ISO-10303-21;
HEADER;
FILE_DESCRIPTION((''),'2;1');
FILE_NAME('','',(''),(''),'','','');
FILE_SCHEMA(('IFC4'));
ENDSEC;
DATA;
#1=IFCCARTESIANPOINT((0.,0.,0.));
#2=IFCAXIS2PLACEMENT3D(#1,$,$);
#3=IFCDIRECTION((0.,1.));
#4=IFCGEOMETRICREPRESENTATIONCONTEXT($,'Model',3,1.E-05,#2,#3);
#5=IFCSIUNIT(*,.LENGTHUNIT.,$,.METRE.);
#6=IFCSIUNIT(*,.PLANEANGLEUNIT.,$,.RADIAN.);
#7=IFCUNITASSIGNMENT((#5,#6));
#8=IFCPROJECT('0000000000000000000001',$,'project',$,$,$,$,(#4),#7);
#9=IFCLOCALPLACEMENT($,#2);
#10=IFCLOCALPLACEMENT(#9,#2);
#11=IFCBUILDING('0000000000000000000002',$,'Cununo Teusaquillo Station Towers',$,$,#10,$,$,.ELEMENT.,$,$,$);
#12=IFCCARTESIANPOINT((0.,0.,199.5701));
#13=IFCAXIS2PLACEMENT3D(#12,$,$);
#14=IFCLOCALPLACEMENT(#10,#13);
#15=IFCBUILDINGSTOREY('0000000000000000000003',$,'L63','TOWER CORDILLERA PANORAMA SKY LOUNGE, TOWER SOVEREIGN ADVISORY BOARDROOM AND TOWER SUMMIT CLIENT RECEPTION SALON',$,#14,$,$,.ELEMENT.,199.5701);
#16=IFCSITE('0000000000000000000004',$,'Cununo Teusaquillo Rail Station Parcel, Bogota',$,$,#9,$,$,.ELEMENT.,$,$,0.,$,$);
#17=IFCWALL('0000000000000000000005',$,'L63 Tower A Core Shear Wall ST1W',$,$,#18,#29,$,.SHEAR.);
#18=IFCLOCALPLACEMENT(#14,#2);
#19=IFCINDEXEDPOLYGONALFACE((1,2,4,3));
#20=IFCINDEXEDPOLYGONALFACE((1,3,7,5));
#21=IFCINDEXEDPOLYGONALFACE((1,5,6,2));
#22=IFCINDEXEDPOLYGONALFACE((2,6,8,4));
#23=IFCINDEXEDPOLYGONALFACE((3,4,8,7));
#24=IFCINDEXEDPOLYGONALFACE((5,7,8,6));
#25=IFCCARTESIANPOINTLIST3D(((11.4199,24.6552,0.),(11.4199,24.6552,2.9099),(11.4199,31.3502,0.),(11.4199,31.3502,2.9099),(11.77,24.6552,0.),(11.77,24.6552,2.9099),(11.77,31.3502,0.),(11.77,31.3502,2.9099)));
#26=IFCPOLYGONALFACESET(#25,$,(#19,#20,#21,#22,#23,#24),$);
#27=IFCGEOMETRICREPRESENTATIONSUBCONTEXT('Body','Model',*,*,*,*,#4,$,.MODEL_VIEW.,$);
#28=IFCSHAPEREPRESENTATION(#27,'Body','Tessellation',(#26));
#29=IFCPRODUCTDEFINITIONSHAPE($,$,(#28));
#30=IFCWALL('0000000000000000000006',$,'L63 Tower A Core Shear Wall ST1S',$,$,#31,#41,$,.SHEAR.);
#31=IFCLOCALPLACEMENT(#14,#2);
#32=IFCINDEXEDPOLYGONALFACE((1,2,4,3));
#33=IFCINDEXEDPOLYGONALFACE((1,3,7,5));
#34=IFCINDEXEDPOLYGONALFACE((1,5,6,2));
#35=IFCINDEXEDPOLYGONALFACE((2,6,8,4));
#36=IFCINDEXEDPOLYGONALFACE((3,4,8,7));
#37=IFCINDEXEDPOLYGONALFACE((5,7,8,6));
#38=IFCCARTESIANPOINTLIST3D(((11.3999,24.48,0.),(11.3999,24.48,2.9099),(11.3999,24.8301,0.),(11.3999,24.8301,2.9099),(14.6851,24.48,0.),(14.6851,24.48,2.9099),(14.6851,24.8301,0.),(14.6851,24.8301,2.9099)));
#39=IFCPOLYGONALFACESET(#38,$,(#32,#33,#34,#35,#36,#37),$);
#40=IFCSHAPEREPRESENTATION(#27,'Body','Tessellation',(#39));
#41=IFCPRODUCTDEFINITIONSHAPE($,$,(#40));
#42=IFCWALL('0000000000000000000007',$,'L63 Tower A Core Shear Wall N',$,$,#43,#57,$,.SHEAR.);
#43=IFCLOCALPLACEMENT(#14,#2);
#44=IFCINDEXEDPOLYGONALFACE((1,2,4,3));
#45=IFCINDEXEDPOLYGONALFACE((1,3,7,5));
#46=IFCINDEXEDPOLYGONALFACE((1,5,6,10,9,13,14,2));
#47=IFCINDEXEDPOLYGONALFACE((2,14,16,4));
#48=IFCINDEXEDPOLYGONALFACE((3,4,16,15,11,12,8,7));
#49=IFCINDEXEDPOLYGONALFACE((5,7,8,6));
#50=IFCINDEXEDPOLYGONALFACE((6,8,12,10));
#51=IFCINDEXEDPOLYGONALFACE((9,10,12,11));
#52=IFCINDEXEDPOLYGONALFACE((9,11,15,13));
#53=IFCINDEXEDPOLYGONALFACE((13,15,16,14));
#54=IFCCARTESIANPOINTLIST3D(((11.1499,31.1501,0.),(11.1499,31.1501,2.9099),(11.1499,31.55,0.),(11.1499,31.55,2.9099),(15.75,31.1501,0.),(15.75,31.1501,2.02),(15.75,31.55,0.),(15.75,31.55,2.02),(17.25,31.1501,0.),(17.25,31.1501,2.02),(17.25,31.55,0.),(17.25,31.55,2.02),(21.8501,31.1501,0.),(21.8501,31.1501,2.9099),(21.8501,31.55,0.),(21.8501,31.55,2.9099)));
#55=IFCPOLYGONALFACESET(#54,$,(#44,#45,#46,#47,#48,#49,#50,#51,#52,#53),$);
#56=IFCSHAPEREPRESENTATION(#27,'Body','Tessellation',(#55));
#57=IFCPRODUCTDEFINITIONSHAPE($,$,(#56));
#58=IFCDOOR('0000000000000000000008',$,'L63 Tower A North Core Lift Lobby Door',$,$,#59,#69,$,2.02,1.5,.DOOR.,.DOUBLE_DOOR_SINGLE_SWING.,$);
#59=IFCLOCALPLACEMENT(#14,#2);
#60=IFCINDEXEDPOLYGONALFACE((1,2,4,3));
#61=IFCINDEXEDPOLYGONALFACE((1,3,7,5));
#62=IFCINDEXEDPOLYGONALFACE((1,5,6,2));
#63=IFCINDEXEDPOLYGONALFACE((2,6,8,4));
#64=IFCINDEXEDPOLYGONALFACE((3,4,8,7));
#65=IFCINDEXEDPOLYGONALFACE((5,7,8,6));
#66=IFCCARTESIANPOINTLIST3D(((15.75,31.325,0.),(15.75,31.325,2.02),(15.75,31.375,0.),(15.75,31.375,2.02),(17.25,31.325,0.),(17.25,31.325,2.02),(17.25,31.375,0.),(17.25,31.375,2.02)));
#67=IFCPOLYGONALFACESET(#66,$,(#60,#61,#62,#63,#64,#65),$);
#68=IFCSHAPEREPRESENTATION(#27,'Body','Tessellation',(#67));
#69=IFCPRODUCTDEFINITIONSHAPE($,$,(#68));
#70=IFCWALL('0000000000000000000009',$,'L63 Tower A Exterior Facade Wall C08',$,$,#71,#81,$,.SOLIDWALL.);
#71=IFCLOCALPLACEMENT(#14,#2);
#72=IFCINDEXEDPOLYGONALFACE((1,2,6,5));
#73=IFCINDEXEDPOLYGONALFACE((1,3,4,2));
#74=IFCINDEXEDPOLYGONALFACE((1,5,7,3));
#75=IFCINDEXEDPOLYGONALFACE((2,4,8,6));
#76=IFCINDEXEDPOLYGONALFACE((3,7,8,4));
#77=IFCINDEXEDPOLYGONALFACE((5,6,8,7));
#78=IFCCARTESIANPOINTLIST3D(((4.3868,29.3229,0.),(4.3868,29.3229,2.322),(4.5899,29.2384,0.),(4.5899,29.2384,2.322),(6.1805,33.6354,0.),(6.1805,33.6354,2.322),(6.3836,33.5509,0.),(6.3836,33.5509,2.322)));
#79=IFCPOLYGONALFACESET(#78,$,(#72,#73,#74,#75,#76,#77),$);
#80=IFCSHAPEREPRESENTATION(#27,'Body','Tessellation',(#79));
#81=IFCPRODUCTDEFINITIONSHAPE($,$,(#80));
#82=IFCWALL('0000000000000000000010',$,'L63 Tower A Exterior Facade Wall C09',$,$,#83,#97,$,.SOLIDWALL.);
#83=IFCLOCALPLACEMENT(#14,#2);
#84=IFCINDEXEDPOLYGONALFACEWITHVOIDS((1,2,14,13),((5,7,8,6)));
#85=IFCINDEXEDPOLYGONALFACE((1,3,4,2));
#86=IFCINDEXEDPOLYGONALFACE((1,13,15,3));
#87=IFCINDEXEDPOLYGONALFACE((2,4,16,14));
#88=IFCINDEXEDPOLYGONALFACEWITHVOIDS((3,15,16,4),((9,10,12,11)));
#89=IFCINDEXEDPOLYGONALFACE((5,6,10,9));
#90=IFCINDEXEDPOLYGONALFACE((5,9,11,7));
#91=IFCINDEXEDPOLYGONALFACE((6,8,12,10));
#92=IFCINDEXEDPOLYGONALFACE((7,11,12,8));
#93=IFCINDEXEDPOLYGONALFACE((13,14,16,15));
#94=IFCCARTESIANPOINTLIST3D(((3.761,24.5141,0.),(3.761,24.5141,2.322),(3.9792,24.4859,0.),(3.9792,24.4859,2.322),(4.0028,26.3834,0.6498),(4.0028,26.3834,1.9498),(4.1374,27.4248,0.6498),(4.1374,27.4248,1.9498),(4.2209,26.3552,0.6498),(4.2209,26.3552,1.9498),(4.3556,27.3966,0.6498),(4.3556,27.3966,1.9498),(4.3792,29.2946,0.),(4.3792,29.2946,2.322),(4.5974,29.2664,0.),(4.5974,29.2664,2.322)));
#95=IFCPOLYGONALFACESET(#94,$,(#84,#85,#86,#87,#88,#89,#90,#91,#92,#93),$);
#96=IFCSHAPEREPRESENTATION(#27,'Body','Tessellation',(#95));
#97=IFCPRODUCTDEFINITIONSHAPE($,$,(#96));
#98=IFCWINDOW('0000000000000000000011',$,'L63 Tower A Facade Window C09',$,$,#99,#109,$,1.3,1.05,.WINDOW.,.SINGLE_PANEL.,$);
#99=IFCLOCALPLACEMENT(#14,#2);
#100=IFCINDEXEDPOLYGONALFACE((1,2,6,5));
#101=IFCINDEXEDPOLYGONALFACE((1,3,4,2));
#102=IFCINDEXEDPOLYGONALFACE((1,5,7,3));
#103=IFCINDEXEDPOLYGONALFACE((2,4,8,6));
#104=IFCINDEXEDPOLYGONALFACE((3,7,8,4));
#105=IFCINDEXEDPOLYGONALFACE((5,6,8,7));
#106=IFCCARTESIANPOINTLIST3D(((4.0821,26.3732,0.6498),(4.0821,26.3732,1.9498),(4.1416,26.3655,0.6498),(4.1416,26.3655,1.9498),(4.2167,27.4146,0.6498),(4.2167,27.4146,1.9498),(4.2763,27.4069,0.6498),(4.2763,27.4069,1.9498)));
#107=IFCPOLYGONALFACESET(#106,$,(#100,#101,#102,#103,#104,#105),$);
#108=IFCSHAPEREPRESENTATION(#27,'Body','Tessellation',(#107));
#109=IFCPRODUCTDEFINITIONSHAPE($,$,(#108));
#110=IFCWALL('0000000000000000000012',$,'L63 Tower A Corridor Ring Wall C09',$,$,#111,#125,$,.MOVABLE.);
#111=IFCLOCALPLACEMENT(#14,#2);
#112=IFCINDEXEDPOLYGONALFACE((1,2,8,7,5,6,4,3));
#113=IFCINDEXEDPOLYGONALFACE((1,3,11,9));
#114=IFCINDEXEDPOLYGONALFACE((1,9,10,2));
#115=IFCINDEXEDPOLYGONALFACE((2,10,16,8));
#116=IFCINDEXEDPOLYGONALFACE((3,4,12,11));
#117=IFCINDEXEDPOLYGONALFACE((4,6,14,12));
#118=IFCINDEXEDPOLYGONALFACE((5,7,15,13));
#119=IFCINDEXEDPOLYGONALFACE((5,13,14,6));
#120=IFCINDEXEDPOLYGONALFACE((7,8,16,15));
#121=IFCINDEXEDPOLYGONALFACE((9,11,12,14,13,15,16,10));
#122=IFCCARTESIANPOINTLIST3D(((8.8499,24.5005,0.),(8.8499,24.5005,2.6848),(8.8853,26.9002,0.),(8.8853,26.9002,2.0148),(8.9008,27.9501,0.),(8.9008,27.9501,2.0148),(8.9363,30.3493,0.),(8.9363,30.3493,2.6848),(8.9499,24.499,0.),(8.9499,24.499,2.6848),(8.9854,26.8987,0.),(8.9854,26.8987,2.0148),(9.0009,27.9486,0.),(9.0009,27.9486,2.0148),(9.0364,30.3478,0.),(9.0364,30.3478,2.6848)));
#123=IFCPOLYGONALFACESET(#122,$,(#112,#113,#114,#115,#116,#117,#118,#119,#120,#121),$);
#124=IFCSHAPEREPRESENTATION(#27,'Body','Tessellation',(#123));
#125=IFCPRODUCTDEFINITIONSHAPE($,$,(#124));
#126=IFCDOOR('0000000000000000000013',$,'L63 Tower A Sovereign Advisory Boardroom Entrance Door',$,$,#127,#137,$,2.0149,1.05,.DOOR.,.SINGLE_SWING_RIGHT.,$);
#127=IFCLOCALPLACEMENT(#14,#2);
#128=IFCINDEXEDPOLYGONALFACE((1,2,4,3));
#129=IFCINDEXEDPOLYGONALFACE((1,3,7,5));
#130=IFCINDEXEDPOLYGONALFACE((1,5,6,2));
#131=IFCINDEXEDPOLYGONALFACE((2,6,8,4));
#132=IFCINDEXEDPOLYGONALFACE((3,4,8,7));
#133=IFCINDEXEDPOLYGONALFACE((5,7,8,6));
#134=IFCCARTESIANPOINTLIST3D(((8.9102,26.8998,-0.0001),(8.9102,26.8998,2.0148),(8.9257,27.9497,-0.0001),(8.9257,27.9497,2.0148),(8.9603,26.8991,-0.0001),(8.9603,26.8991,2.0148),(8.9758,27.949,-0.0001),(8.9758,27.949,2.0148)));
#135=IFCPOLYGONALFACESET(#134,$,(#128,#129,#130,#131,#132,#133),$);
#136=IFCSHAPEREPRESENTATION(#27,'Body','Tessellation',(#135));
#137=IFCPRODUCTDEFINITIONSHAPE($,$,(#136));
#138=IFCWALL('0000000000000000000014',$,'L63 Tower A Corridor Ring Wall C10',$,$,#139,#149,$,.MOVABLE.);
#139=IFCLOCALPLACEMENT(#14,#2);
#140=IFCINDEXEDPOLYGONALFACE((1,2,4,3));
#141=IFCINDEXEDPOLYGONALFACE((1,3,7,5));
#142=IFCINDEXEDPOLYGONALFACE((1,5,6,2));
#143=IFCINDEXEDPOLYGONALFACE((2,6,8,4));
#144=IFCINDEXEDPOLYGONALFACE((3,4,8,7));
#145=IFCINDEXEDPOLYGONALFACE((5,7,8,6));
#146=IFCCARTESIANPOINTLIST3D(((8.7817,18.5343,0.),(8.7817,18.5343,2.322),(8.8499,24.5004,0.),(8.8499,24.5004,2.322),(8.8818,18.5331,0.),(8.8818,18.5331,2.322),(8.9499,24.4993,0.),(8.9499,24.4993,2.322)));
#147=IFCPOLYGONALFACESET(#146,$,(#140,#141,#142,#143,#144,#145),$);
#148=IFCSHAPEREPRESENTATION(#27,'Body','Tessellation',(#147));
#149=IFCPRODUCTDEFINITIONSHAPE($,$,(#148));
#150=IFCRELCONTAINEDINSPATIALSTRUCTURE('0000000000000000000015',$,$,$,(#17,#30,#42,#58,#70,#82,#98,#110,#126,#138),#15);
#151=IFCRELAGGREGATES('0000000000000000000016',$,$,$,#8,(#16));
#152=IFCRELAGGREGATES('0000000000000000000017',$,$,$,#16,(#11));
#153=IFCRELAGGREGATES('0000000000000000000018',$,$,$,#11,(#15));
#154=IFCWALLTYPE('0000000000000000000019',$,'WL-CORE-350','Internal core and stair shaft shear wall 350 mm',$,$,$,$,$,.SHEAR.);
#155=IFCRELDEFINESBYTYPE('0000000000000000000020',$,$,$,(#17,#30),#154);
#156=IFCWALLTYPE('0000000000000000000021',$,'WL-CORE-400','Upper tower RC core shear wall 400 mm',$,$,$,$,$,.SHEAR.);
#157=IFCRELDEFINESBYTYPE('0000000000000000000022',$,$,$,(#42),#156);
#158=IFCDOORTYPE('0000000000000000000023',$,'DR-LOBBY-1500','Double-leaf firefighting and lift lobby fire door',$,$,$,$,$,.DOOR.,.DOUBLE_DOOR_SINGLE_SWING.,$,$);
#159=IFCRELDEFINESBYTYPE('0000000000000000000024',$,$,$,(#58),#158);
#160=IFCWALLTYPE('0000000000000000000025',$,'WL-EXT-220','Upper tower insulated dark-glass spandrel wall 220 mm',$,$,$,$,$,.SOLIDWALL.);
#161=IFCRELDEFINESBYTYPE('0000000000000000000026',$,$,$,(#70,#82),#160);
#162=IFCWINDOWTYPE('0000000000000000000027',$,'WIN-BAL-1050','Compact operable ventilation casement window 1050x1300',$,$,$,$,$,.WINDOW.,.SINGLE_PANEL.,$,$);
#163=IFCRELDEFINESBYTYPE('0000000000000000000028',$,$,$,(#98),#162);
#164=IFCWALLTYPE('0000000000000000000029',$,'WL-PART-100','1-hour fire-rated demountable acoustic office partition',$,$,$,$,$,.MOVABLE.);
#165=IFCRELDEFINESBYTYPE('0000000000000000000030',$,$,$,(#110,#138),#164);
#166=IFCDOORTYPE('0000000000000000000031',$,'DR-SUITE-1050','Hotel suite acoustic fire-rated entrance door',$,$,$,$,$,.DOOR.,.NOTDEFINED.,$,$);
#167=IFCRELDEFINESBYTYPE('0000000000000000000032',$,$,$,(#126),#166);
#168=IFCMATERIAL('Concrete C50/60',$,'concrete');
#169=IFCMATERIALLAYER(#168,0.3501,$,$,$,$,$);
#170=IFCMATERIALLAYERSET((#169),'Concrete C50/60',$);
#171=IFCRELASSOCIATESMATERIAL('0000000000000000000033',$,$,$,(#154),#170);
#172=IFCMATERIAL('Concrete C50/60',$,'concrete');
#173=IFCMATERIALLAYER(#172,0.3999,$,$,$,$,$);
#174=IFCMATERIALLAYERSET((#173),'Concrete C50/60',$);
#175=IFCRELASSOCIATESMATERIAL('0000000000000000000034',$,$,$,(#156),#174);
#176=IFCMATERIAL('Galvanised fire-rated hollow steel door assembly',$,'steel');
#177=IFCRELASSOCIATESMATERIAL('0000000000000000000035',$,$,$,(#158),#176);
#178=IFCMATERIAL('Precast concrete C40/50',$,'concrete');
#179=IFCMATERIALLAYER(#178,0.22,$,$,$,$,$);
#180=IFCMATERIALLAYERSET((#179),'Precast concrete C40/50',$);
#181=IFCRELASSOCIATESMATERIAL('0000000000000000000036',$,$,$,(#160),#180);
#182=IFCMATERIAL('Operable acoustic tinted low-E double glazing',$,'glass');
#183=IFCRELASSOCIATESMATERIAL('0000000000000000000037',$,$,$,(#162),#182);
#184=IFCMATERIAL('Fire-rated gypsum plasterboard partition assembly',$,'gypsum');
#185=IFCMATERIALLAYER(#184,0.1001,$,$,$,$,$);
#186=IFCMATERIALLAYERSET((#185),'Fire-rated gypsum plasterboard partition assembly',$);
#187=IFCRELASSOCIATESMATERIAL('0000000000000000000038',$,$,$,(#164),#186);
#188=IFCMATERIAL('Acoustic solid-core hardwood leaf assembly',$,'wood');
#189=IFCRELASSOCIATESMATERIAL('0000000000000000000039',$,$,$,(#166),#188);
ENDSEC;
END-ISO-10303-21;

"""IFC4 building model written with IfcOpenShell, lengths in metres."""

from ifc_helpers import new_model, si_unit, direction, frame, frame_2d, origin, place, context, subcontext, project, spatial, rectangle, extrude, source, transform, mapped, material, layer, layer_set, type_object, element, fill, save


model = new_model("IFC4")

# Units and contexts
model_context = context("Model", 3, precision=1e-05, world=origin(), true_north=direction((0.0, 1.0)))
body_context = subcontext(model_context, "Body", "Model", "MODEL_VIEW")
ifc_project = project(units=[si_unit("LENGTHUNIT", "METRE"), si_unit("PLANEANGLEUNIT", "RADIAN")], contexts=[model_context])

# Site, building, storey
site_placement = place(None, origin())
site = spatial("IfcSite", under=ifc_project, at=site_placement, Name="Cununo Teusaquillo Rail Station Parcel, Bogota", CompositionType="ELEMENT", RefElevation=0.0)
building_placement = place(site_placement, origin())
building = spatial("IfcBuilding", under=site, at=building_placement, Name="Cununo Teusaquillo Station Towers", CompositionType="ELEMENT")
storey_placement = place(building_placement, frame((0.0, 0.0, 199.5701)))
storey = spatial("IfcBuildingStorey", under=building, at=storey_placement, Name="L63", Description="TOWER CORDILLERA PANORAMA SKY LOUNGE, TOWER SOVEREIGN ADVISORY BOARDROOM AND TOWER SUMMIT CLIENT RECEPTION SALON", CompositionType="ELEMENT", Elevation=199.5701)

# Walls
ifc_material_1 = material(Name="Concrete C50/60", Category="concrete")
ifc_layer_1 = layer(ifc_material_1, 0.3501)
ifc_layer_set_1 = layer_set([ifc_layer_1], Name="Concrete C50/60")
wall_type_1 = type_object("IfcWallType", Name="WL-CORE-350", Description="Internal core and stair shaft shear wall 350 mm", PredefinedType="SHEAR", material=ifc_layer_set_1)
wall_1_placement = place(storey_placement, frame((11.595, 24.655, 0.0), z_axis=(0.0, 0.0, 1.0), x_axis=(0.0, 1.0, 0.0)))
element("IfcWall", 1, at=wall_1_placement, inside=storey, type_object=wall_type_1, Name="L63 Tower A Core Shear Wall ST1W", PredefinedType="SHEAR", context=body_context, shape_type="SweptSolid", body=[
    extrude(rectangle(XDim=6.6951, YDim=0.3501, at=frame_2d((3.3477, 0.0))), origin(), (0.0, 0.0, 1.0), 2.9099),
])
wall_2_placement = place(storey_placement, frame((11.3999, 24.655, 0.0), z_axis=(0.0, 0.0, 1.0), x_axis=(1.0, 0.0, 0.0)))
element("IfcWall", 2, at=wall_2_placement, inside=storey, type_object=wall_type_1, Name="L63 Tower A Core Shear Wall ST1S", PredefinedType="SHEAR", context=body_context, shape_type="SweptSolid", body=[
    extrude(rectangle(XDim=3.2852, YDim=0.3501, at=frame_2d((1.6426, 0.0))), origin(), (0.0, 0.0, 1.0), 2.9099),
])

# Wall, opening, door
ifc_material_2 = material(Name="Concrete C50/60", Category="concrete")
ifc_layer_2 = layer(ifc_material_2, 0.3999)
ifc_layer_set_2 = layer_set([ifc_layer_2], Name="Concrete C50/60")
wall_type_2 = type_object("IfcWallType", Name="WL-CORE-400", Description="Upper tower RC core shear wall 400 mm", PredefinedType="SHEAR", material=ifc_layer_set_2)
wall_3_placement = place(storey_placement, frame((11.1499, 31.3501, 0.0), z_axis=(0.0, 0.0, 1.0), x_axis=(1.0, 0.0, 0.0)))
wall_3 = element("IfcWall", 3, at=wall_3_placement, inside=storey, type_object=wall_type_2, Name="L63 Tower A Core Shear Wall N", PredefinedType="SHEAR", context=body_context, shape_type="SweptSolid", body=[
    extrude(rectangle(XDim=10.7002, YDim=0.3999, at=frame_2d((5.3501, 0.0))), origin(), (0.0, 0.0, 1.0), 2.9099),
])
shared_shape_1 = source(origin(), body_context, "Body", "SweptSolid", [
    extrude(rectangle(XDim=1.5, YDim=2.02, at=frame_2d((0.75, 1.01))), frame((0.0, 0.21, 0.0), z_axis=(0.0, -1.0, 0.0), x_axis=(1.0, 0.0, 0.0)), (0.0, 0.0, 1.0), 0.4199),
])
opening_1_placement = place(wall_3_placement, frame((4.6001, 0.0, 0.0)))
opening_1 = element("IfcOpeningElement", 4, at=opening_1_placement, cuts=wall_3, PredefinedType="OPENING", context=body_context, shape_type="MappedRepresentation", body=[
    mapped(shared_shape_1, transform((0.0, 0.0, 0.0), x_axis=(1.0, 0.0, 0.0), y_axis=(0.0, 1.0, 0.0), z_axis=(0.0, 0.0, 1.0), scale=1.0)),
])
ifc_material_3 = material(Name="Galvanised fire-rated hollow steel door assembly", Category="steel")
door_type_1 = type_object("IfcDoorType", Name="DR-LOBBY-1500", Description="Double-leaf firefighting and lift lobby fire door", OperationType="DOUBLE_DOOR_SINGLE_SWING", PredefinedType="DOOR", material=ifc_material_3)
shared_shape_2 = source(origin(), body_context, "Body", "SweptSolid", [
    extrude(rectangle(XDim=1.5, YDim=2.02, at=frame_2d((0.75, 1.01))), frame((0.0, 0.0249, 0.0), z_axis=(0.0, -1.0, 0.0), x_axis=(1.0, 0.0, 0.0)), (0.0, 0.0, 1.0), 0.05),
])
door_1_placement = place(opening_1_placement, origin())
door_1 = element("IfcDoor", 5, at=door_1_placement, inside=storey, type_object=door_type_1, Name="L63 Tower A North Core Lift Lobby Door", OperationType="DOUBLE_DOOR_SINGLE_SWING", OverallHeight=2.02, OverallWidth=1.5, PredefinedType="DOOR", context=body_context, shape_type="MappedRepresentation", body=[
    mapped(shared_shape_2, transform((0.0, 0.0, 0.0), x_axis=(1.0, 0.0, 0.0), y_axis=(0.0, 1.0, 0.0), z_axis=(0.0, 0.0, 1.0), scale=1.0)),
])
fill(opening_1, door_1)

# Wall
ifc_material_4 = material(Name="Precast concrete C40/50", Category="concrete")
ifc_layer_3 = layer(ifc_material_4, 0.22)
ifc_layer_set_3 = layer_set([ifc_layer_3], Name="Precast concrete C40/50")
wall_type_3 = type_object("IfcWallType", Name="WL-EXT-220", Description="Upper tower insulated dark-glass spandrel wall 220 mm", PredefinedType="SOLIDWALL", material=ifc_layer_set_3)
wall_4_placement = place(storey_placement, frame((4.4883, 29.2805, 0.0), z_axis=(0.0, 0.0, 1.0), x_axis=(0.384036, 0.923318, 0.0)))
element("IfcWall", 6, at=wall_4_placement, inside=storey, type_object=wall_type_3, Name="L63 Tower A Exterior Facade Wall C08", PredefinedType="SOLIDWALL", context=body_context, shape_type="SweptSolid", body=[
    extrude(rectangle(XDim=4.6707, YDim=0.22, at=frame_2d((2.3354, 0.0))), origin(), (0.0, 0.0, 1.0), 2.322),
])

# Wall, opening, window
wall_5_placement = place(storey_placement, frame((3.8701, 24.5, 0.0), z_axis=(0.0, 0.0, 1.0), x_axis=(0.128241, 0.991743, 0.0)))
wall_5 = element("IfcWall", 7, at=wall_5_placement, inside=storey, type_object=wall_type_3, Name="L63 Tower A Exterior Facade Wall C09", PredefinedType="SOLIDWALL", context=body_context, shape_type="SweptSolid", body=[
    extrude(rectangle(XDim=4.8203, YDim=0.22, at=frame_2d((2.4102, 0.0))), origin(), (0.0, 0.0, 1.0), 2.322),
])
shared_shape_3 = source(origin(), body_context, "Body", "SweptSolid", [
    extrude(rectangle(XDim=1.05, YDim=1.3, at=frame_2d((0.5249, 0.6499))), frame((0.0, 0.1199, 0.0), z_axis=(0.0, -1.0, 0.0), x_axis=(1.0, 0.0, 0.0)), (0.0, 0.0, 1.0), 0.24),
])
opening_2_placement = place(wall_5_placement, frame((1.885, 0.0, 0.6499)))
opening_2 = element("IfcOpeningElement", 8, at=opening_2_placement, cuts=wall_5, PredefinedType="OPENING", context=body_context, shape_type="MappedRepresentation", body=[
    mapped(shared_shape_3, transform((0.0, 0.0, 0.0), x_axis=(1.0, 0.0, 0.0), y_axis=(0.0, 1.0, 0.0), z_axis=(0.0, 0.0, 1.0), scale=1.0)),
])
ifc_material_5 = material(Name="Operable acoustic tinted low-E double glazing", Category="glass")
window_type = type_object("IfcWindowType", Name="WIN-BAL-1050", Description="Compact operable ventilation casement window 1050x1300", PartitioningType="SINGLE_PANEL", PredefinedType="WINDOW", material=ifc_material_5)
shared_shape_4 = source(origin(), body_context, "Body", "SweptSolid", [
    extrude(rectangle(XDim=1.05, YDim=1.3, at=frame_2d((0.5249, 0.6499))), frame((0.0, 0.03, 0.0), z_axis=(0.0, -1.0, 0.0), x_axis=(1.0, 0.0, 0.0)), (0.0, 0.0, 1.0), 0.0601),
])
window_placement = place(opening_2_placement, origin())
window = element("IfcWindow", 9, at=window_placement, inside=storey, type_object=window_type, Name="L63 Tower A Facade Window C09", OverallHeight=1.3, OverallWidth=1.05, PartitioningType="SINGLE_PANEL", PredefinedType="WINDOW", context=body_context, shape_type="MappedRepresentation", body=[
    mapped(shared_shape_4, transform((0.0, 0.0, 0.0), x_axis=(1.0, 0.0, 0.0), y_axis=(0.0, 1.0, 0.0), z_axis=(0.0, 0.0, 1.0), scale=1.0)),
])
fill(opening_2, window)

# Wall, opening, door
ifc_material_6 = material(Name="Fire-rated gypsum plasterboard partition assembly", Category="gypsum")
ifc_layer_4 = layer(ifc_material_6, 0.1001)
ifc_layer_set_4 = layer_set([ifc_layer_4], Name="Fire-rated gypsum plasterboard partition assembly")
wall_type_4 = type_object("IfcWallType", Name="WL-PART-100", Description="1-hour fire-rated demountable acoustic office partition", PredefinedType="MOVABLE", material=ifc_layer_set_4)
wall_6_placement = place(storey_placement, frame((8.9863, 30.3486, 0.0), z_axis=(0.0, 0.0, 1.0), x_axis=(-0.014775, -0.999891, 0.0)))
wall_6 = element("IfcWall", 10, at=wall_6_placement, inside=storey, type_object=wall_type_4, Name="L63 Tower A Corridor Ring Wall C09", PredefinedType="MOVABLE", context=body_context, shape_type="SweptSolid", body=[
    extrude(rectangle(XDim=5.8494, YDim=0.1001, at=frame_2d((2.9248, 0.0))), origin(), (0.0, 0.0, 1.0), 2.6848),
])
shared_shape_5 = source(origin(), body_context, "Body", "SweptSolid", [
    extrude(rectangle(XDim=1.05, YDim=2.0149, at=frame_2d((0.5249, 1.0073))), frame((0.0, 0.0601, 0.0), z_axis=(0.0, -1.0, 0.0), x_axis=(1.0, 0.0, 0.0)), (0.0, 0.0, 1.0), 0.1201),
])
opening_3_placement = place(wall_6_placement, frame((2.3997, 0.0, 0.0)))
opening_3 = element("IfcOpeningElement", 11, at=opening_3_placement, cuts=wall_6, PredefinedType="OPENING", context=body_context, shape_type="MappedRepresentation", body=[
    mapped(shared_shape_5, transform((0.0, 0.0, 0.0), x_axis=(1.0, 0.0, 0.0), y_axis=(0.0, 1.0, 0.0), z_axis=(0.0, 0.0, 1.0), scale=1.0)),
])
ifc_material_7 = material(Name="Acoustic solid-core hardwood leaf assembly", Category="wood")
door_type_2 = type_object("IfcDoorType", Name="DR-SUITE-1050", Description="Hotel suite acoustic fire-rated entrance door", OperationType="NOTDEFINED", PredefinedType="DOOR", material=ifc_material_7)
shared_shape_6 = source(origin(), body_context, "Body", "SweptSolid", [
    extrude(rectangle(XDim=1.05, YDim=2.0149, at=frame_2d((0.5249, 1.0073))), frame((0.0, 0.0249, 0.0), z_axis=(0.0, -1.0, 0.0), x_axis=(1.0, 0.0, 0.0)), (0.0, 0.0, 1.0), 0.05),
])
door_2_placement = place(opening_3_placement, origin())
door_2 = element("IfcDoor", 12, at=door_2_placement, inside=storey, type_object=door_type_2, Name="L63 Tower A Sovereign Advisory Boardroom Entrance Door", OperationType="SINGLE_SWING_RIGHT", OverallHeight=2.0149, OverallWidth=1.05, PredefinedType="DOOR", context=body_context, shape_type="MappedRepresentation", body=[
    mapped(shared_shape_6, transform((0.0, 0.0, 0.0), x_axis=(1.0, 0.0, 0.0), y_axis=(0.0, 1.0, 0.0), z_axis=(0.0, 0.0, 1.0), scale=1.0)),
])
fill(opening_3, door_2)

# Wall
wall_7_placement = place(storey_placement, frame((8.8999, 24.5, 0.0), z_axis=(0.0, 0.0, 1.0), x_axis=(-0.011416, -0.999935, 0.0)))
element("IfcWall", 13, at=wall_7_placement, inside=storey, type_object=wall_type_4, Name="L63 Tower A Corridor Ring Wall C10", PredefinedType="MOVABLE", context=body_context, shape_type="SweptSolid", body=[
    extrude(rectangle(XDim=5.9666, YDim=0.1001, at=frame_2d((2.9834, 0.0))), origin(), (0.0, 0.0, 1.0), 2.322),
])

save(model, "model.ifc")
